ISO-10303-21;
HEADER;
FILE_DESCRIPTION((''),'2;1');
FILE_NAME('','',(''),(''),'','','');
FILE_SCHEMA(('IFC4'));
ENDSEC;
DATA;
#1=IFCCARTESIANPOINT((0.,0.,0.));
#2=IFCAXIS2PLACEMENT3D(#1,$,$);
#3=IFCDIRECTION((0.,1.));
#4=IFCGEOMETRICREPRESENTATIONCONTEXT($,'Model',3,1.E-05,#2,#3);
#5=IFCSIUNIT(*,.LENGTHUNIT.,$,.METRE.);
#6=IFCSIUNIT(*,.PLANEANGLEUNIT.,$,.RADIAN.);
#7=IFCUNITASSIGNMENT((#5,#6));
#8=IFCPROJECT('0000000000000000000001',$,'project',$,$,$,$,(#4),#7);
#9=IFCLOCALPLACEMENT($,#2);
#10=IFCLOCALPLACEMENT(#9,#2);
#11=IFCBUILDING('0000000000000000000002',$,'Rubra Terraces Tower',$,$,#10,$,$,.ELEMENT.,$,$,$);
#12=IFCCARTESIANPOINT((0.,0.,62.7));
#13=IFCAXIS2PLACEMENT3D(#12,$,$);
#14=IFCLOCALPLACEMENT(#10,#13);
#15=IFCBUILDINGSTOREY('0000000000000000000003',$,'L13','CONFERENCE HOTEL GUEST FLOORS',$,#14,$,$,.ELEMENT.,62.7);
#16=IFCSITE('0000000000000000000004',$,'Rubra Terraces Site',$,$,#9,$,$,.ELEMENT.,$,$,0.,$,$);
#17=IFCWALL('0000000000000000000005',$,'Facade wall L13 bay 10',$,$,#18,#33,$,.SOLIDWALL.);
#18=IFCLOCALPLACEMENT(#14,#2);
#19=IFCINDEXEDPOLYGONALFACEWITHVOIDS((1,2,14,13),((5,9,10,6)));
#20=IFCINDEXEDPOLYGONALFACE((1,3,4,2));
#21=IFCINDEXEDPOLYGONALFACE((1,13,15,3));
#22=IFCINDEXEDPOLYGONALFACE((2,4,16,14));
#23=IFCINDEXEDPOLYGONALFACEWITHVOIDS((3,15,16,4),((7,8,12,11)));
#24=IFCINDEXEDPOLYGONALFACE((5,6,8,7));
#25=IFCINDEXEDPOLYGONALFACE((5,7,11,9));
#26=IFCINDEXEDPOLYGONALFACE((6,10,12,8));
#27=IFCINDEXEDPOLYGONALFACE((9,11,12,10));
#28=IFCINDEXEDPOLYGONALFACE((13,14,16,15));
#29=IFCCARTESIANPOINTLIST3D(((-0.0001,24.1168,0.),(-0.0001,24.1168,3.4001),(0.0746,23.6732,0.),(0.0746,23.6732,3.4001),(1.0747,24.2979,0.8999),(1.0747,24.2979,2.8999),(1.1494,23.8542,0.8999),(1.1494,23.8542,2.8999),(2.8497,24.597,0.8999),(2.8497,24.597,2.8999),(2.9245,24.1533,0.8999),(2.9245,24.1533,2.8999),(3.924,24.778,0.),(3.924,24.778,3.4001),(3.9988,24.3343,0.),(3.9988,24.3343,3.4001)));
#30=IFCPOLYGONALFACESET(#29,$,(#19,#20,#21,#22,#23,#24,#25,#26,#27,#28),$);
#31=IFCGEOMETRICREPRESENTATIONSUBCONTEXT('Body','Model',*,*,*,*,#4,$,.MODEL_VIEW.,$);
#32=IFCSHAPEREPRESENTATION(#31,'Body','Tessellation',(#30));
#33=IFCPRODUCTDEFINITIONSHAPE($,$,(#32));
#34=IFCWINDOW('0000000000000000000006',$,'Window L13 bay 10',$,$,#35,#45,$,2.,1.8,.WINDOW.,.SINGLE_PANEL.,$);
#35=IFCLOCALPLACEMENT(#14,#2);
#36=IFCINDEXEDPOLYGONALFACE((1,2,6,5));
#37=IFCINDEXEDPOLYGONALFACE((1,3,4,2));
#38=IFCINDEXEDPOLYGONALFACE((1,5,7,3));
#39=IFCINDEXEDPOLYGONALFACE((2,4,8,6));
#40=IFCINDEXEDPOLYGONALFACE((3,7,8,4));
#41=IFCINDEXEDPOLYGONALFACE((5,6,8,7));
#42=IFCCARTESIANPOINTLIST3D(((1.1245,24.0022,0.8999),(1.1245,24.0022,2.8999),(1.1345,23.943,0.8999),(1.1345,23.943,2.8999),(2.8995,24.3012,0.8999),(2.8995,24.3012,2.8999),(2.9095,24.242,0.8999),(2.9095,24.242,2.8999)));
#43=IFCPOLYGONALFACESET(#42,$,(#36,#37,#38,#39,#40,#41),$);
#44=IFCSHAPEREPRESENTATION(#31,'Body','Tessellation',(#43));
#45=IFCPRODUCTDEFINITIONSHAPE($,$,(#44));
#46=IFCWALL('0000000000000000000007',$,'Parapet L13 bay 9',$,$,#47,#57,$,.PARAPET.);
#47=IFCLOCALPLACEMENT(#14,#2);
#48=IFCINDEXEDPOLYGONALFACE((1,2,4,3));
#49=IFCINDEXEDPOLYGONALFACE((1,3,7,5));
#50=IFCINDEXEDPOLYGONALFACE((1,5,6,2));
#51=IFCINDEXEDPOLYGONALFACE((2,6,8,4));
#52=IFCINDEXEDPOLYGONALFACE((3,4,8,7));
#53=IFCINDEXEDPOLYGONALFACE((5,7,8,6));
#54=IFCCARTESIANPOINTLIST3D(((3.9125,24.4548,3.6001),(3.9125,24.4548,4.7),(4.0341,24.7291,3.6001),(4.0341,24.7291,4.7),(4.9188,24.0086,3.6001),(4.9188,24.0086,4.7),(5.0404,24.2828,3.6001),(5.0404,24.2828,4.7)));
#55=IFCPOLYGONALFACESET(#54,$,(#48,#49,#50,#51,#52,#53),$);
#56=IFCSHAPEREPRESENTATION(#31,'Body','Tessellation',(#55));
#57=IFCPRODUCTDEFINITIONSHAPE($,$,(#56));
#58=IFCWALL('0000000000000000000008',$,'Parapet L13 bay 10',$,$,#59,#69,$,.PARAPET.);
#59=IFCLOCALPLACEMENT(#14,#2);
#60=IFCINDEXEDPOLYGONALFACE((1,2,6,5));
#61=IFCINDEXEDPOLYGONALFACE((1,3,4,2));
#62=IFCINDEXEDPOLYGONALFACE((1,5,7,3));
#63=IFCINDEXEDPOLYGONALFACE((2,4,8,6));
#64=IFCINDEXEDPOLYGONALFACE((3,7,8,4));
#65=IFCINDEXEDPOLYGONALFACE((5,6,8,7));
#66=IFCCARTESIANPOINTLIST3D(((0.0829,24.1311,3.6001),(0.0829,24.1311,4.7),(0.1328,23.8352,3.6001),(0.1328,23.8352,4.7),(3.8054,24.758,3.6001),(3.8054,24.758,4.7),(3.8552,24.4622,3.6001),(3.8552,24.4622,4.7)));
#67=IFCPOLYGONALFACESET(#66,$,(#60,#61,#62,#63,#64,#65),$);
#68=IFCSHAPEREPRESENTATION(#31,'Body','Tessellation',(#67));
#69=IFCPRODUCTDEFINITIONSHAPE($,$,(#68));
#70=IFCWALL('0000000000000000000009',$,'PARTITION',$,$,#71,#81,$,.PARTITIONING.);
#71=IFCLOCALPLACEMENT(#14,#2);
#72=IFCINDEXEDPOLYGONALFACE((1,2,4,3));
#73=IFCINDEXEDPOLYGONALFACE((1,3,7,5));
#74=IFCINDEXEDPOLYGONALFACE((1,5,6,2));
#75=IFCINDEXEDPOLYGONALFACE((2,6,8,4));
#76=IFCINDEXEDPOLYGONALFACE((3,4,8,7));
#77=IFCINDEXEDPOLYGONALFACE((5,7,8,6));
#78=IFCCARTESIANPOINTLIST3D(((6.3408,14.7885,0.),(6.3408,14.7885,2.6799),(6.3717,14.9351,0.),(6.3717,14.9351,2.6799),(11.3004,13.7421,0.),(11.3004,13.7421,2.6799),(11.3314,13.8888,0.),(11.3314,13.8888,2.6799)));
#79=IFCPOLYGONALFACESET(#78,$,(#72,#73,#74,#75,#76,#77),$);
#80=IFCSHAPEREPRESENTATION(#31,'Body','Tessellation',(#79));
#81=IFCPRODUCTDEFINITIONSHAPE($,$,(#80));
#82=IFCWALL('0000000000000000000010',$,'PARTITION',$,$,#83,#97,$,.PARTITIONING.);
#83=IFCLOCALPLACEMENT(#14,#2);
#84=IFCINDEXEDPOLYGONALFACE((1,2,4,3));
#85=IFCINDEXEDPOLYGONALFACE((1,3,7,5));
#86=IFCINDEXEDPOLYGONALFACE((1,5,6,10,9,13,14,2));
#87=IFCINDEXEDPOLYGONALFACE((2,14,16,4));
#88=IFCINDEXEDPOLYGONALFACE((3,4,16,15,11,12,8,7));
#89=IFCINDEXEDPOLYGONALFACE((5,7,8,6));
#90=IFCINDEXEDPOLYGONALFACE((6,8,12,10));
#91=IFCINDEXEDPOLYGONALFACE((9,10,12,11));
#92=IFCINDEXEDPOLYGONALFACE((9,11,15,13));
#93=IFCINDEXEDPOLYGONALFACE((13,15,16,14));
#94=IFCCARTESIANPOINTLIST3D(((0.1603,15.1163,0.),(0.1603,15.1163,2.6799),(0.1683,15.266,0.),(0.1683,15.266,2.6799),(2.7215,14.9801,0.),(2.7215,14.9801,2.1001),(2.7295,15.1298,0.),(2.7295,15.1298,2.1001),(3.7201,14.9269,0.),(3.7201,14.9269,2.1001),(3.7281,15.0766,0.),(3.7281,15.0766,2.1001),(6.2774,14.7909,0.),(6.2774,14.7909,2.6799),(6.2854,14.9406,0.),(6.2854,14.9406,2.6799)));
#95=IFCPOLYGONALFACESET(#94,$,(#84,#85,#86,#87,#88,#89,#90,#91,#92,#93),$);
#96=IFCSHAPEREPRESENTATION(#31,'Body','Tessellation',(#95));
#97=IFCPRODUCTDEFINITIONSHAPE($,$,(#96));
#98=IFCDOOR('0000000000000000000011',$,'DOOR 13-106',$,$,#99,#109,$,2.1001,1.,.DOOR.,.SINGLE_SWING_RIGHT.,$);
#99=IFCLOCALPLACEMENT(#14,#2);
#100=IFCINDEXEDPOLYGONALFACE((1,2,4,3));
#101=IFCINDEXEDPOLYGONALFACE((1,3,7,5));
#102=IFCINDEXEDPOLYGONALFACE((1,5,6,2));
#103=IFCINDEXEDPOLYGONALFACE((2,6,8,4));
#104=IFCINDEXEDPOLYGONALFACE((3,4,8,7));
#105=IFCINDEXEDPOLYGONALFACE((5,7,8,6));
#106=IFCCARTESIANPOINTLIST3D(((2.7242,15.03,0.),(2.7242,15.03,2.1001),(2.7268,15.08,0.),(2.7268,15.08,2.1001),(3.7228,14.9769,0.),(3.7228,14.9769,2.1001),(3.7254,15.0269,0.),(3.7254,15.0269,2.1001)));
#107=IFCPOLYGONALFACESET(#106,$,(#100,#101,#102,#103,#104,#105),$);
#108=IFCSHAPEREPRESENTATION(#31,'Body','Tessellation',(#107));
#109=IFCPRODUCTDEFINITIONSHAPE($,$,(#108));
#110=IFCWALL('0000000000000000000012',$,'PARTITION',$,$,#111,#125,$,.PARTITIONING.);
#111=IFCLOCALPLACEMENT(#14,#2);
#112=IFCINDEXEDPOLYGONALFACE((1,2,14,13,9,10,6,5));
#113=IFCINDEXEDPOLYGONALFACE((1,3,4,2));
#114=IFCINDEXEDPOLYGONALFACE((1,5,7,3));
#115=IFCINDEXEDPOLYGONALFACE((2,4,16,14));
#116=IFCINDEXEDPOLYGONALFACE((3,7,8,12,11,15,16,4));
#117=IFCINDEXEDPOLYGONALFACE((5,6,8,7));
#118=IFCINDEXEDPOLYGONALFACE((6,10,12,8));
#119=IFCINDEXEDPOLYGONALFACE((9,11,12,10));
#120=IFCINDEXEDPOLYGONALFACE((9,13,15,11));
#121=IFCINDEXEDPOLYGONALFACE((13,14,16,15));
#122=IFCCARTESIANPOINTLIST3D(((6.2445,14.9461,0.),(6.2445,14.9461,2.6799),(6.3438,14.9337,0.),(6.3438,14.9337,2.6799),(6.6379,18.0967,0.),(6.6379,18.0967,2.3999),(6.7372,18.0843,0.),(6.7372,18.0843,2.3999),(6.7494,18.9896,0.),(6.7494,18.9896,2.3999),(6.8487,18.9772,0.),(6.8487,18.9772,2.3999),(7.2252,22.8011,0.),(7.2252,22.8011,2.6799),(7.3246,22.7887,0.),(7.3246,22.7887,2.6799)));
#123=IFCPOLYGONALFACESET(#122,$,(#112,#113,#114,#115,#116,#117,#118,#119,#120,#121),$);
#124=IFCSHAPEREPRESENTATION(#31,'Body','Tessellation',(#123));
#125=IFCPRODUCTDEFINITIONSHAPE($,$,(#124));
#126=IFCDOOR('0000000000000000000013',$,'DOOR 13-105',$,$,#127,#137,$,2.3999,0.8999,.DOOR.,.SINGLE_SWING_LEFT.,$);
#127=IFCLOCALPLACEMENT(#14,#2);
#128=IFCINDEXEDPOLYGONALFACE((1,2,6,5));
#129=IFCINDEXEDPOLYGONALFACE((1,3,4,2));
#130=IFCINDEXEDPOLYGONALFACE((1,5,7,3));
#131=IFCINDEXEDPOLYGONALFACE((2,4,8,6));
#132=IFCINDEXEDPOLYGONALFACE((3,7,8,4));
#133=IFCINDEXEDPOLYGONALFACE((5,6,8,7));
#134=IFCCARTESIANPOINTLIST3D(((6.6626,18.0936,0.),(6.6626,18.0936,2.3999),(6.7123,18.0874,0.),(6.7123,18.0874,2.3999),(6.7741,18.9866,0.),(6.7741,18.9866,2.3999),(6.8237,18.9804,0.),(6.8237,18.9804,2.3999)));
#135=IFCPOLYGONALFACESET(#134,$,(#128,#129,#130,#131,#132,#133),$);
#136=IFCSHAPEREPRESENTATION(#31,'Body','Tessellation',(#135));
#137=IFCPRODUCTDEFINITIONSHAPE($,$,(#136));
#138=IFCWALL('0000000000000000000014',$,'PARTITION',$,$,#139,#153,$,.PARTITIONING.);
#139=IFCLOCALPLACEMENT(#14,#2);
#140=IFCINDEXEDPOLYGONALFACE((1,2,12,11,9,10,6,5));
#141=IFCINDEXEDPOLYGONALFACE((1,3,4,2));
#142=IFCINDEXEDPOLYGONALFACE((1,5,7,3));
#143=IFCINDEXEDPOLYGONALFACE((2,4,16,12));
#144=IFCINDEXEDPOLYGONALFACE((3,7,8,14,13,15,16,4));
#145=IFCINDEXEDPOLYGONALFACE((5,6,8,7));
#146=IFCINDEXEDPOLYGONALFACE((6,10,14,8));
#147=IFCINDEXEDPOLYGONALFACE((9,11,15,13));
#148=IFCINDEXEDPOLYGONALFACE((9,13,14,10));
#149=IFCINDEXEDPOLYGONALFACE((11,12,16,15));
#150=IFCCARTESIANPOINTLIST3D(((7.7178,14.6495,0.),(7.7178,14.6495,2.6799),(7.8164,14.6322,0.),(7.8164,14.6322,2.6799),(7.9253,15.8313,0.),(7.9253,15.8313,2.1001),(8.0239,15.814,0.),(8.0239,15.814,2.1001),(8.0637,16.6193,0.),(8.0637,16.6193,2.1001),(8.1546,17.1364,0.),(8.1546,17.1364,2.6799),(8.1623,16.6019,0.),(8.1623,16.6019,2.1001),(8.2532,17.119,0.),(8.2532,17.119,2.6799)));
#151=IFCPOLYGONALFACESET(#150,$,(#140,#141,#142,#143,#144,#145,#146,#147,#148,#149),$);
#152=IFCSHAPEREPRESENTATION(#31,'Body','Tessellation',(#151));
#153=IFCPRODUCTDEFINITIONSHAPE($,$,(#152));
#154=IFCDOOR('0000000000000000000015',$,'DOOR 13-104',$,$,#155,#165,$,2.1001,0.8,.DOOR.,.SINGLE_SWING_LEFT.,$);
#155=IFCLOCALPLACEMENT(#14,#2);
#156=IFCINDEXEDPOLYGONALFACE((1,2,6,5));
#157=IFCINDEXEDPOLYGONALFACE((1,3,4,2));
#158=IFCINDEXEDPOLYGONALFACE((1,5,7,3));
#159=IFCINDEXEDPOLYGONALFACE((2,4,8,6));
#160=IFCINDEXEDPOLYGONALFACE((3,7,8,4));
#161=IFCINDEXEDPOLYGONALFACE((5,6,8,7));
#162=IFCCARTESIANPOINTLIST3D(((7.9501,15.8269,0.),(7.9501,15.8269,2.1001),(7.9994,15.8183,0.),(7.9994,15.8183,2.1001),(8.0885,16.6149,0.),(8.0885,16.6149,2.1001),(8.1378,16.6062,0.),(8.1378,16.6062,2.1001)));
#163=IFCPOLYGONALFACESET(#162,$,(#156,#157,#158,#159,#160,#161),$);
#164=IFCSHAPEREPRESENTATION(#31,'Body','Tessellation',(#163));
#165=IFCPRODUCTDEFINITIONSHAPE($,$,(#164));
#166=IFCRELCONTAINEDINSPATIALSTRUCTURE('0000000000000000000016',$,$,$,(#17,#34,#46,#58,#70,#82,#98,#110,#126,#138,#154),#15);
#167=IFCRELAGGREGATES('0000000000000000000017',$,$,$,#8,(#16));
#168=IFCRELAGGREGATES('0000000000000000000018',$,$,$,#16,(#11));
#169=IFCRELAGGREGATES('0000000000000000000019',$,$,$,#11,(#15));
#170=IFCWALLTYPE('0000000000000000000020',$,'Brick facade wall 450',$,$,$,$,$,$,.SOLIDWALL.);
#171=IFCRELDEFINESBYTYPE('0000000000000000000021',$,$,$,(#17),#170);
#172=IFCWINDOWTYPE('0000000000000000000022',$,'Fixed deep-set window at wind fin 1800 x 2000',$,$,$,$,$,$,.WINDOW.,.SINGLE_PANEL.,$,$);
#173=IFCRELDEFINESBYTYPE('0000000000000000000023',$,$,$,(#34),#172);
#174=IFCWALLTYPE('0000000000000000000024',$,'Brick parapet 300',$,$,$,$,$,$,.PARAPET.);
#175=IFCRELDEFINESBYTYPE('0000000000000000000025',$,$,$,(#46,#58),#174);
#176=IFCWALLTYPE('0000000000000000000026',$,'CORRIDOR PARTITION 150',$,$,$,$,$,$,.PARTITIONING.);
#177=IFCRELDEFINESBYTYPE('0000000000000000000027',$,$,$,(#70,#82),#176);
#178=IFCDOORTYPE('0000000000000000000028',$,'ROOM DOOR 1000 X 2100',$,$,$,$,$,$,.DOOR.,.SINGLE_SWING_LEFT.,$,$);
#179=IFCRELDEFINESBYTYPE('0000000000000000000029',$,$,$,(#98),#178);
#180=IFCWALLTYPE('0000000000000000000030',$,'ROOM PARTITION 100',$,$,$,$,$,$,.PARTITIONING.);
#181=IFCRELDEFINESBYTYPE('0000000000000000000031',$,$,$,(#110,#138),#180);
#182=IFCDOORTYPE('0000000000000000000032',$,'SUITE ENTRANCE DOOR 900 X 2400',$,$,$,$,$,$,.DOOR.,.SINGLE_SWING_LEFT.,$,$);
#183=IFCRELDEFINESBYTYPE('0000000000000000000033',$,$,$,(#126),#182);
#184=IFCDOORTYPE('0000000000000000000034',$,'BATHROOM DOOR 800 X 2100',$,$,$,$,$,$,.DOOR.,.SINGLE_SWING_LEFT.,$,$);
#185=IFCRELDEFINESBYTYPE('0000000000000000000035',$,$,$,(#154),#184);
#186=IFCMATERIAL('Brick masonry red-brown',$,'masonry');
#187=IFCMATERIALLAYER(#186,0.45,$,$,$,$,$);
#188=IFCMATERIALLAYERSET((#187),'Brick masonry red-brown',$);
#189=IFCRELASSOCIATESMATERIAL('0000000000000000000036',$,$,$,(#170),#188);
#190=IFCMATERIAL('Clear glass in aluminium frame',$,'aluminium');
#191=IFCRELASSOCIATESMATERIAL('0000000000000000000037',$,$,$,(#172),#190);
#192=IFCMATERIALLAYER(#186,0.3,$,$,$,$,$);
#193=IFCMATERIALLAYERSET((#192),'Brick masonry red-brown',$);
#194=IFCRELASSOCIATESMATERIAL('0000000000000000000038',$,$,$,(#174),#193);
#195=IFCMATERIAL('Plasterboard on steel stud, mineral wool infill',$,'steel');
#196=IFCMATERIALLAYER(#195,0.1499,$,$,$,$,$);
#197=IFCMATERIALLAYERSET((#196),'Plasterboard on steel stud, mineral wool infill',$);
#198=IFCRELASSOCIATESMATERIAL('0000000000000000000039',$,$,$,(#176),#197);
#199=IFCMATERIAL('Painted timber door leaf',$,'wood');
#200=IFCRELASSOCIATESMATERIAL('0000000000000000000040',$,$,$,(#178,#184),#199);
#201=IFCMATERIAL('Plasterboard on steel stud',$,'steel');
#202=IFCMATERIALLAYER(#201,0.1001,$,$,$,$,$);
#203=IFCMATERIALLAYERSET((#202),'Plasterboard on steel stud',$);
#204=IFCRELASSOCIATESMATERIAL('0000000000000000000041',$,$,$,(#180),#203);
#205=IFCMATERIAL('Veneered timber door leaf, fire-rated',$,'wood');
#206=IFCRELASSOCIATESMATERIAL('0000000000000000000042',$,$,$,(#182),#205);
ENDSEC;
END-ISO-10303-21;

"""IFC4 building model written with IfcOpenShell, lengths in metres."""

from ifc_helpers import new_model, si_unit, direction, frame, frame_2d, origin, place, context, subcontext, project, spatial, rectangle, extrude, material, layer, layer_set, type_object, element, fill, save


model = new_model("IFC4")

# Units and contexts
model_context = context("Model", 3, precision=1e-05, world=origin(), true_north=direction((0.0, 1.0)))
body_context = subcontext(model_context, "Body", "Model", "MODEL_VIEW")
ifc_project = project(units=[si_unit("LENGTHUNIT", "METRE"), si_unit("PLANEANGLEUNIT", "RADIAN")], contexts=[model_context])

# Site, building, storey
site_placement = place(None, origin())
site = spatial("IfcSite", under=ifc_project, at=site_placement, Name="Rubra Terraces Site", CompositionType="ELEMENT", RefElevation=0.0)
building_placement = place(site_placement, origin())
building = spatial("IfcBuilding", under=site, at=building_placement, Name="Rubra Terraces Tower", CompositionType="ELEMENT")
storey_placement = place(building_placement, frame((0.0, 0.0, 62.7)))
storey = spatial("IfcBuildingStorey", under=building, at=storey_placement, Name="L13", Description="CONFERENCE HOTEL GUEST FLOORS", CompositionType="ELEMENT", Elevation=62.7)

# Wall, opening, window
ifc_material_1 = material(Name="Brick masonry red-brown", Category="masonry")
ifc_layer_1 = layer(ifc_material_1, 0.45)
ifc_layer_set_1 = layer_set([ifc_layer_1], Name="Brick masonry red-brown")
wall_type_1 = type_object("IfcWallType", Name="Brick facade wall 450", PredefinedType="SOLIDWALL", material=ifc_layer_set_1)
ifc_material_2 = material(Name="Clear glass in aluminium frame", Category="aluminium")
wall_1_placement = place(storey_placement, frame((3.9614, 24.5562, 0.0), z_axis=(0.0, 0.0, 1.0), x_axis=(-0.986102, -0.16614, 0.0)))
wall_1 = element("IfcWall", 1, at=wall_1_placement, inside=storey, type_object=wall_type_1, Name="Facade wall L13 bay 10", PredefinedType="SOLIDWALL", context=body_context, shape_type="SweptSolid", body=[
    extrude(rectangle(XDim=3.9795, YDim=0.45, at=frame_2d((1.9897, 0.0))), origin(), (0.0, 0.0, 1.0), 3.4001),
])
opening_1_placement = place(wall_1_placement, frame((1.0896, 0.0, 0.8999)))
opening_1 = element("IfcOpeningElement", 2, at=opening_1_placement, cuts=wall_1, PredefinedType="OPENING", context=body_context, shape_type="SweptSolid", body=[
    extrude(rectangle(XDim=1.8, YDim=2.0, at=frame_2d((0.8999, 1.0))), frame((0.0, 0.2349, 0.0), z_axis=(0.0, -1.0, 0.0), x_axis=(1.0, 0.0, 0.0)), (0.0, 0.0, 1.0), 0.47),
])
window_type_1 = type_object("IfcWindowType", Name="Fixed deep-set window at wind fin 1800 x 2000", PartitioningType="SINGLE_PANEL", PredefinedType="WINDOW", material=ifc_material_2)
window_1_placement = place(opening_1_placement, origin())
window_1 = element("IfcWindow", 3, at=window_1_placement, inside=storey, type_object=window_type_1, Name="Window L13 bay 10", OverallHeight=2.0, OverallWidth=1.8, PartitioningType="SINGLE_PANEL", PredefinedType="WINDOW", context=body_context, shape_type="SweptSolid", body=[
    extrude(rectangle(XDim=1.8, YDim=2.0, at=frame_2d((0.8999, 1.0))), frame((0.0, 0.135, 0.0), z_axis=(0.0, -1.0, 0.0), x_axis=(1.0, 0.0, 0.0)), (0.0, 0.0, 1.0), 0.0601),
])
fill(opening_1, window_1)

# Walls
ifc_layer_2 = layer(ifc_material_1, 0.3)
ifc_layer_set_2 = layer_set([ifc_layer_2], Name="Brick masonry red-brown")
wall_type_2 = type_object("IfcWallType", Name="Brick parapet 300", PredefinedType="PARAPET", material=ifc_layer_set_2)
wall_2_placement = place(storey_placement, frame((4.9795, 24.1458, 3.6001), z_axis=(0.0, 0.0, 1.0), x_axis=(-0.91414, 0.405398, 0.0)))
element("IfcWall", 4, at=wall_2_placement, inside=storey, type_object=wall_type_2, Name="Parapet L13 bay 9", PredefinedType="PARAPET", context=body_context, shape_type="SweptSolid", body=[
    extrude(rectangle(XDim=1.1008, YDim=0.3, at=frame_2d((0.5503, 0.0))), origin(), (0.0, 0.0, 1.0), 1.0999),
])
wall_3_placement = place(storey_placement, frame((3.8303, 24.6101, 3.6001), z_axis=(0.0, 0.0, 1.0), x_axis=(-0.986111, -0.166087, 0.0)))
element("IfcWall", 5, at=wall_3_placement, inside=storey, type_object=wall_type_2, Name="Parapet L13 bay 10", PredefinedType="PARAPET", context=body_context, shape_type="SweptSolid", body=[
    extrude(rectangle(XDim=3.7749, YDim=0.3, at=frame_2d((1.8875, 0.0))), origin(), (0.0, 0.0, 1.0), 1.0999),
])
ifc_material_3 = material(Name="Plasterboard on steel stud, mineral wool infill", Category="steel")
ifc_layer_3 = layer(ifc_material_3, 0.1499)
ifc_layer_set_3 = layer_set([ifc_layer_3], Name="Plasterboard on steel stud, mineral wool infill")
wall_type_3 = type_object("IfcWallType", Name="CORRIDOR PARTITION 150", PredefinedType="PARTITIONING", material=ifc_layer_set_3)
wall_4_placement = place(storey_placement, frame((11.3159, 13.8154, 0.0), z_axis=(0.0, 0.0, 1.0), x_axis=(-0.978461, 0.206433, 0.0)))
element("IfcWall", 6, at=wall_4_placement, inside=storey, type_object=wall_type_3, Name="PARTITION", PredefinedType="PARTITIONING", context=body_context, shape_type="SweptSolid", body=[
    extrude(rectangle(XDim=5.0688, YDim=0.1499, at=frame_2d((2.5344, 0.0))), origin(), (0.0, 0.0, 1.0), 2.6799),
])

# Walls, openings, doors
wall_5_placement = place(storey_placement, frame((6.2815, 14.8657, 0.0), z_axis=(0.0, 0.0, 1.0), x_axis=(-0.998588, 0.053126, 0.0)))
wall_5 = element("IfcWall", 7, at=wall_5_placement, inside=storey, type_object=wall_type_3, Name="PARTITION", PredefinedType="PARTITIONING", context=body_context, shape_type="SweptSolid", body=[
    extrude(rectangle(XDim=6.1257, YDim=0.1499, at=frame_2d((3.063, 0.0))), origin(), (0.0, 0.0, 1.0), 2.6799),
])
opening_2_placement = place(wall_5_placement, frame((2.561, 0.0, 0.0)))
opening_2 = element("IfcOpeningElement", 8, at=opening_2_placement, cuts=wall_5, PredefinedType="OPENING", context=body_context, shape_type="SweptSolid", body=[
    extrude(rectangle(XDim=1.0, YDim=2.1001, at=frame_2d((0.5, 1.05))), frame((0.0, 0.085, 0.0), z_axis=(0.0, -1.0, 0.0), x_axis=(1.0, 0.0, 0.0)), (0.0, 0.0, 1.0), 0.1699),
])
ifc_material_4 = material(Name="Painted timber door leaf", Category="wood")
door_type_1 = type_object("IfcDoorType", Name="ROOM DOOR 1000 X 2100", OperationType="SINGLE_SWING_LEFT", PredefinedType="DOOR", material=ifc_material_4)
door_1_placement = place(opening_2_placement, origin())
door_1 = element("IfcDoor", 9, at=door_1_placement, inside=storey, type_object=door_type_1, Name="DOOR 13-106", OperationType="SINGLE_SWING_RIGHT", OverallHeight=2.1001, OverallWidth=1.0, PredefinedType="DOOR", context=body_context, shape_type="SweptSolid", body=[
    extrude(rectangle(XDim=1.0, YDim=2.1001, at=frame_2d((0.5, 1.05))), frame((0.0, 0.0249, 0.0), z_axis=(0.0, -1.0, 0.0), x_axis=(1.0, 0.0, 0.0)), (0.0, 0.0, 1.0), 0.05),
])
fill(opening_2, door_1)
ifc_material_5 = material(Name="Plasterboard on steel stud", Category="steel")
ifc_layer_4 = layer(ifc_material_5, 0.1001)
ifc_layer_set_4 = layer_set([ifc_layer_4], Name="Plasterboard on steel stud")
wall_type_4 = type_object("IfcWallType", Name="ROOM PARTITION 100", PredefinedType="PARTITIONING", material=ifc_layer_set_4)
wall_6_placement = place(storey_placement, frame((7.2749, 22.7949, 0.0), z_axis=(0.0, 0.0, 1.0), x_axis=(-0.12389, -0.992296, 0.0)))
wall_6 = element("IfcWall", 10, at=wall_6_placement, inside=storey, type_object=wall_type_4, Name="PARTITION", PredefinedType="PARTITIONING", context=body_context, shape_type="SweptSolid", body=[
    extrude(rectangle(XDim=7.916, YDim=0.1001, at=frame_2d((3.958, 0.0))), origin(), (0.0, 0.0, 1.0), 2.6799),
])
opening_3_placement = place(wall_6_placement, frame((3.8411, 0.0, 0.0)))
opening_3 = element("IfcOpeningElement", 11, at=opening_3_placement, cuts=wall_6, PredefinedType="OPENING", context=body_context, shape_type="SweptSolid", body=[
    extrude(rectangle(XDim=0.8999, YDim=2.3999, at=frame_2d((0.45, 1.2))), frame((0.0, 0.0601, 0.0), z_axis=(0.0, -1.0, 0.0), x_axis=(1.0, 0.0, 0.0)), (0.0, 0.0, 1.0), 0.1201),
])
ifc_material_6 = material(Name="Veneered timber door leaf, fire-rated", Category="wood")
door_type_2 = type_object("IfcDoorType", Name="SUITE ENTRANCE DOOR 900 X 2400", OperationType="SINGLE_SWING_LEFT", PredefinedType="DOOR", material=ifc_material_6)
door_2_placement = place(opening_3_placement, origin())
door_2 = element("IfcDoor", 12, at=door_2_placement, inside=storey, type_object=door_type_2, Name="DOOR 13-105", OperationType="SINGLE_SWING_LEFT", OverallHeight=2.3999, OverallWidth=0.8999, PredefinedType="DOOR", context=body_context, shape_type="SweptSolid", body=[
    extrude(rectangle(XDim=0.8999, YDim=2.3999, at=frame_2d((0.45, 1.2))), frame((0.0, 0.0249, 0.0), z_axis=(0.0, -1.0, 0.0), x_axis=(1.0, 0.0, 0.0)), (0.0, 0.0, 1.0), 0.05),
])
fill(opening_3, door_2)
wall_7_placement = place(storey_placement, frame((7.7671, 14.6409, 0.0), z_axis=(0.0, 0.0, 1.0), x_axis=(0.172985, 0.984924, 0.0)))
wall_7 = element("IfcWall", 13, at=wall_7_placement, inside=storey, type_object=wall_type_4, Name="PARTITION", PredefinedType="PARTITIONING", context=body_context, shape_type="SweptSolid", body=[
    extrude(rectangle(XDim=2.5249, YDim=0.1001, at=frame_2d((1.2625, 0.0))), origin(), (0.0, 0.0, 1.0), 2.6799),
])
opening_4_placement = place(wall_7_placement, frame((1.2, 0.0, 0.0)))
opening_4 = element("IfcOpeningElement", 14, at=opening_4_placement, cuts=wall_7, PredefinedType="OPENING", context=body_context, shape_type="SweptSolid", body=[
    extrude(rectangle(XDim=0.8, YDim=2.1001, at=frame_2d((0.3999, 1.05))), frame((0.0, 0.0601, 0.0), z_axis=(0.0, -1.0, 0.0), x_axis=(1.0, 0.0, 0.0)), (0.0, 0.0, 1.0), 0.1201),
])
door_type_3 = type_object("IfcDoorType", Name="BATHROOM DOOR 800 X 2100", OperationType="SINGLE_SWING_LEFT", PredefinedType="DOOR", material=ifc_material_4)
door_3_placement = place(opening_4_placement, origin())
door_3 = element("IfcDoor", 15, at=door_3_placement, inside=storey, type_object=door_type_3, Name="DOOR 13-104", OperationType="SINGLE_SWING_LEFT", OverallHeight=2.1001, OverallWidth=0.8, PredefinedType="DOOR", context=body_context, shape_type="SweptSolid", body=[
    extrude(rectangle(XDim=0.8, YDim=2.1001, at=frame_2d((0.3999, 1.05))), frame((0.0, 0.0249, 0.0), z_axis=(0.0, -1.0, 0.0), x_axis=(1.0, 0.0, 0.0)), (0.0, 0.0, 1.0), 0.05),
])
fill(opening_4, door_3)

save(model, "model.ifc")
